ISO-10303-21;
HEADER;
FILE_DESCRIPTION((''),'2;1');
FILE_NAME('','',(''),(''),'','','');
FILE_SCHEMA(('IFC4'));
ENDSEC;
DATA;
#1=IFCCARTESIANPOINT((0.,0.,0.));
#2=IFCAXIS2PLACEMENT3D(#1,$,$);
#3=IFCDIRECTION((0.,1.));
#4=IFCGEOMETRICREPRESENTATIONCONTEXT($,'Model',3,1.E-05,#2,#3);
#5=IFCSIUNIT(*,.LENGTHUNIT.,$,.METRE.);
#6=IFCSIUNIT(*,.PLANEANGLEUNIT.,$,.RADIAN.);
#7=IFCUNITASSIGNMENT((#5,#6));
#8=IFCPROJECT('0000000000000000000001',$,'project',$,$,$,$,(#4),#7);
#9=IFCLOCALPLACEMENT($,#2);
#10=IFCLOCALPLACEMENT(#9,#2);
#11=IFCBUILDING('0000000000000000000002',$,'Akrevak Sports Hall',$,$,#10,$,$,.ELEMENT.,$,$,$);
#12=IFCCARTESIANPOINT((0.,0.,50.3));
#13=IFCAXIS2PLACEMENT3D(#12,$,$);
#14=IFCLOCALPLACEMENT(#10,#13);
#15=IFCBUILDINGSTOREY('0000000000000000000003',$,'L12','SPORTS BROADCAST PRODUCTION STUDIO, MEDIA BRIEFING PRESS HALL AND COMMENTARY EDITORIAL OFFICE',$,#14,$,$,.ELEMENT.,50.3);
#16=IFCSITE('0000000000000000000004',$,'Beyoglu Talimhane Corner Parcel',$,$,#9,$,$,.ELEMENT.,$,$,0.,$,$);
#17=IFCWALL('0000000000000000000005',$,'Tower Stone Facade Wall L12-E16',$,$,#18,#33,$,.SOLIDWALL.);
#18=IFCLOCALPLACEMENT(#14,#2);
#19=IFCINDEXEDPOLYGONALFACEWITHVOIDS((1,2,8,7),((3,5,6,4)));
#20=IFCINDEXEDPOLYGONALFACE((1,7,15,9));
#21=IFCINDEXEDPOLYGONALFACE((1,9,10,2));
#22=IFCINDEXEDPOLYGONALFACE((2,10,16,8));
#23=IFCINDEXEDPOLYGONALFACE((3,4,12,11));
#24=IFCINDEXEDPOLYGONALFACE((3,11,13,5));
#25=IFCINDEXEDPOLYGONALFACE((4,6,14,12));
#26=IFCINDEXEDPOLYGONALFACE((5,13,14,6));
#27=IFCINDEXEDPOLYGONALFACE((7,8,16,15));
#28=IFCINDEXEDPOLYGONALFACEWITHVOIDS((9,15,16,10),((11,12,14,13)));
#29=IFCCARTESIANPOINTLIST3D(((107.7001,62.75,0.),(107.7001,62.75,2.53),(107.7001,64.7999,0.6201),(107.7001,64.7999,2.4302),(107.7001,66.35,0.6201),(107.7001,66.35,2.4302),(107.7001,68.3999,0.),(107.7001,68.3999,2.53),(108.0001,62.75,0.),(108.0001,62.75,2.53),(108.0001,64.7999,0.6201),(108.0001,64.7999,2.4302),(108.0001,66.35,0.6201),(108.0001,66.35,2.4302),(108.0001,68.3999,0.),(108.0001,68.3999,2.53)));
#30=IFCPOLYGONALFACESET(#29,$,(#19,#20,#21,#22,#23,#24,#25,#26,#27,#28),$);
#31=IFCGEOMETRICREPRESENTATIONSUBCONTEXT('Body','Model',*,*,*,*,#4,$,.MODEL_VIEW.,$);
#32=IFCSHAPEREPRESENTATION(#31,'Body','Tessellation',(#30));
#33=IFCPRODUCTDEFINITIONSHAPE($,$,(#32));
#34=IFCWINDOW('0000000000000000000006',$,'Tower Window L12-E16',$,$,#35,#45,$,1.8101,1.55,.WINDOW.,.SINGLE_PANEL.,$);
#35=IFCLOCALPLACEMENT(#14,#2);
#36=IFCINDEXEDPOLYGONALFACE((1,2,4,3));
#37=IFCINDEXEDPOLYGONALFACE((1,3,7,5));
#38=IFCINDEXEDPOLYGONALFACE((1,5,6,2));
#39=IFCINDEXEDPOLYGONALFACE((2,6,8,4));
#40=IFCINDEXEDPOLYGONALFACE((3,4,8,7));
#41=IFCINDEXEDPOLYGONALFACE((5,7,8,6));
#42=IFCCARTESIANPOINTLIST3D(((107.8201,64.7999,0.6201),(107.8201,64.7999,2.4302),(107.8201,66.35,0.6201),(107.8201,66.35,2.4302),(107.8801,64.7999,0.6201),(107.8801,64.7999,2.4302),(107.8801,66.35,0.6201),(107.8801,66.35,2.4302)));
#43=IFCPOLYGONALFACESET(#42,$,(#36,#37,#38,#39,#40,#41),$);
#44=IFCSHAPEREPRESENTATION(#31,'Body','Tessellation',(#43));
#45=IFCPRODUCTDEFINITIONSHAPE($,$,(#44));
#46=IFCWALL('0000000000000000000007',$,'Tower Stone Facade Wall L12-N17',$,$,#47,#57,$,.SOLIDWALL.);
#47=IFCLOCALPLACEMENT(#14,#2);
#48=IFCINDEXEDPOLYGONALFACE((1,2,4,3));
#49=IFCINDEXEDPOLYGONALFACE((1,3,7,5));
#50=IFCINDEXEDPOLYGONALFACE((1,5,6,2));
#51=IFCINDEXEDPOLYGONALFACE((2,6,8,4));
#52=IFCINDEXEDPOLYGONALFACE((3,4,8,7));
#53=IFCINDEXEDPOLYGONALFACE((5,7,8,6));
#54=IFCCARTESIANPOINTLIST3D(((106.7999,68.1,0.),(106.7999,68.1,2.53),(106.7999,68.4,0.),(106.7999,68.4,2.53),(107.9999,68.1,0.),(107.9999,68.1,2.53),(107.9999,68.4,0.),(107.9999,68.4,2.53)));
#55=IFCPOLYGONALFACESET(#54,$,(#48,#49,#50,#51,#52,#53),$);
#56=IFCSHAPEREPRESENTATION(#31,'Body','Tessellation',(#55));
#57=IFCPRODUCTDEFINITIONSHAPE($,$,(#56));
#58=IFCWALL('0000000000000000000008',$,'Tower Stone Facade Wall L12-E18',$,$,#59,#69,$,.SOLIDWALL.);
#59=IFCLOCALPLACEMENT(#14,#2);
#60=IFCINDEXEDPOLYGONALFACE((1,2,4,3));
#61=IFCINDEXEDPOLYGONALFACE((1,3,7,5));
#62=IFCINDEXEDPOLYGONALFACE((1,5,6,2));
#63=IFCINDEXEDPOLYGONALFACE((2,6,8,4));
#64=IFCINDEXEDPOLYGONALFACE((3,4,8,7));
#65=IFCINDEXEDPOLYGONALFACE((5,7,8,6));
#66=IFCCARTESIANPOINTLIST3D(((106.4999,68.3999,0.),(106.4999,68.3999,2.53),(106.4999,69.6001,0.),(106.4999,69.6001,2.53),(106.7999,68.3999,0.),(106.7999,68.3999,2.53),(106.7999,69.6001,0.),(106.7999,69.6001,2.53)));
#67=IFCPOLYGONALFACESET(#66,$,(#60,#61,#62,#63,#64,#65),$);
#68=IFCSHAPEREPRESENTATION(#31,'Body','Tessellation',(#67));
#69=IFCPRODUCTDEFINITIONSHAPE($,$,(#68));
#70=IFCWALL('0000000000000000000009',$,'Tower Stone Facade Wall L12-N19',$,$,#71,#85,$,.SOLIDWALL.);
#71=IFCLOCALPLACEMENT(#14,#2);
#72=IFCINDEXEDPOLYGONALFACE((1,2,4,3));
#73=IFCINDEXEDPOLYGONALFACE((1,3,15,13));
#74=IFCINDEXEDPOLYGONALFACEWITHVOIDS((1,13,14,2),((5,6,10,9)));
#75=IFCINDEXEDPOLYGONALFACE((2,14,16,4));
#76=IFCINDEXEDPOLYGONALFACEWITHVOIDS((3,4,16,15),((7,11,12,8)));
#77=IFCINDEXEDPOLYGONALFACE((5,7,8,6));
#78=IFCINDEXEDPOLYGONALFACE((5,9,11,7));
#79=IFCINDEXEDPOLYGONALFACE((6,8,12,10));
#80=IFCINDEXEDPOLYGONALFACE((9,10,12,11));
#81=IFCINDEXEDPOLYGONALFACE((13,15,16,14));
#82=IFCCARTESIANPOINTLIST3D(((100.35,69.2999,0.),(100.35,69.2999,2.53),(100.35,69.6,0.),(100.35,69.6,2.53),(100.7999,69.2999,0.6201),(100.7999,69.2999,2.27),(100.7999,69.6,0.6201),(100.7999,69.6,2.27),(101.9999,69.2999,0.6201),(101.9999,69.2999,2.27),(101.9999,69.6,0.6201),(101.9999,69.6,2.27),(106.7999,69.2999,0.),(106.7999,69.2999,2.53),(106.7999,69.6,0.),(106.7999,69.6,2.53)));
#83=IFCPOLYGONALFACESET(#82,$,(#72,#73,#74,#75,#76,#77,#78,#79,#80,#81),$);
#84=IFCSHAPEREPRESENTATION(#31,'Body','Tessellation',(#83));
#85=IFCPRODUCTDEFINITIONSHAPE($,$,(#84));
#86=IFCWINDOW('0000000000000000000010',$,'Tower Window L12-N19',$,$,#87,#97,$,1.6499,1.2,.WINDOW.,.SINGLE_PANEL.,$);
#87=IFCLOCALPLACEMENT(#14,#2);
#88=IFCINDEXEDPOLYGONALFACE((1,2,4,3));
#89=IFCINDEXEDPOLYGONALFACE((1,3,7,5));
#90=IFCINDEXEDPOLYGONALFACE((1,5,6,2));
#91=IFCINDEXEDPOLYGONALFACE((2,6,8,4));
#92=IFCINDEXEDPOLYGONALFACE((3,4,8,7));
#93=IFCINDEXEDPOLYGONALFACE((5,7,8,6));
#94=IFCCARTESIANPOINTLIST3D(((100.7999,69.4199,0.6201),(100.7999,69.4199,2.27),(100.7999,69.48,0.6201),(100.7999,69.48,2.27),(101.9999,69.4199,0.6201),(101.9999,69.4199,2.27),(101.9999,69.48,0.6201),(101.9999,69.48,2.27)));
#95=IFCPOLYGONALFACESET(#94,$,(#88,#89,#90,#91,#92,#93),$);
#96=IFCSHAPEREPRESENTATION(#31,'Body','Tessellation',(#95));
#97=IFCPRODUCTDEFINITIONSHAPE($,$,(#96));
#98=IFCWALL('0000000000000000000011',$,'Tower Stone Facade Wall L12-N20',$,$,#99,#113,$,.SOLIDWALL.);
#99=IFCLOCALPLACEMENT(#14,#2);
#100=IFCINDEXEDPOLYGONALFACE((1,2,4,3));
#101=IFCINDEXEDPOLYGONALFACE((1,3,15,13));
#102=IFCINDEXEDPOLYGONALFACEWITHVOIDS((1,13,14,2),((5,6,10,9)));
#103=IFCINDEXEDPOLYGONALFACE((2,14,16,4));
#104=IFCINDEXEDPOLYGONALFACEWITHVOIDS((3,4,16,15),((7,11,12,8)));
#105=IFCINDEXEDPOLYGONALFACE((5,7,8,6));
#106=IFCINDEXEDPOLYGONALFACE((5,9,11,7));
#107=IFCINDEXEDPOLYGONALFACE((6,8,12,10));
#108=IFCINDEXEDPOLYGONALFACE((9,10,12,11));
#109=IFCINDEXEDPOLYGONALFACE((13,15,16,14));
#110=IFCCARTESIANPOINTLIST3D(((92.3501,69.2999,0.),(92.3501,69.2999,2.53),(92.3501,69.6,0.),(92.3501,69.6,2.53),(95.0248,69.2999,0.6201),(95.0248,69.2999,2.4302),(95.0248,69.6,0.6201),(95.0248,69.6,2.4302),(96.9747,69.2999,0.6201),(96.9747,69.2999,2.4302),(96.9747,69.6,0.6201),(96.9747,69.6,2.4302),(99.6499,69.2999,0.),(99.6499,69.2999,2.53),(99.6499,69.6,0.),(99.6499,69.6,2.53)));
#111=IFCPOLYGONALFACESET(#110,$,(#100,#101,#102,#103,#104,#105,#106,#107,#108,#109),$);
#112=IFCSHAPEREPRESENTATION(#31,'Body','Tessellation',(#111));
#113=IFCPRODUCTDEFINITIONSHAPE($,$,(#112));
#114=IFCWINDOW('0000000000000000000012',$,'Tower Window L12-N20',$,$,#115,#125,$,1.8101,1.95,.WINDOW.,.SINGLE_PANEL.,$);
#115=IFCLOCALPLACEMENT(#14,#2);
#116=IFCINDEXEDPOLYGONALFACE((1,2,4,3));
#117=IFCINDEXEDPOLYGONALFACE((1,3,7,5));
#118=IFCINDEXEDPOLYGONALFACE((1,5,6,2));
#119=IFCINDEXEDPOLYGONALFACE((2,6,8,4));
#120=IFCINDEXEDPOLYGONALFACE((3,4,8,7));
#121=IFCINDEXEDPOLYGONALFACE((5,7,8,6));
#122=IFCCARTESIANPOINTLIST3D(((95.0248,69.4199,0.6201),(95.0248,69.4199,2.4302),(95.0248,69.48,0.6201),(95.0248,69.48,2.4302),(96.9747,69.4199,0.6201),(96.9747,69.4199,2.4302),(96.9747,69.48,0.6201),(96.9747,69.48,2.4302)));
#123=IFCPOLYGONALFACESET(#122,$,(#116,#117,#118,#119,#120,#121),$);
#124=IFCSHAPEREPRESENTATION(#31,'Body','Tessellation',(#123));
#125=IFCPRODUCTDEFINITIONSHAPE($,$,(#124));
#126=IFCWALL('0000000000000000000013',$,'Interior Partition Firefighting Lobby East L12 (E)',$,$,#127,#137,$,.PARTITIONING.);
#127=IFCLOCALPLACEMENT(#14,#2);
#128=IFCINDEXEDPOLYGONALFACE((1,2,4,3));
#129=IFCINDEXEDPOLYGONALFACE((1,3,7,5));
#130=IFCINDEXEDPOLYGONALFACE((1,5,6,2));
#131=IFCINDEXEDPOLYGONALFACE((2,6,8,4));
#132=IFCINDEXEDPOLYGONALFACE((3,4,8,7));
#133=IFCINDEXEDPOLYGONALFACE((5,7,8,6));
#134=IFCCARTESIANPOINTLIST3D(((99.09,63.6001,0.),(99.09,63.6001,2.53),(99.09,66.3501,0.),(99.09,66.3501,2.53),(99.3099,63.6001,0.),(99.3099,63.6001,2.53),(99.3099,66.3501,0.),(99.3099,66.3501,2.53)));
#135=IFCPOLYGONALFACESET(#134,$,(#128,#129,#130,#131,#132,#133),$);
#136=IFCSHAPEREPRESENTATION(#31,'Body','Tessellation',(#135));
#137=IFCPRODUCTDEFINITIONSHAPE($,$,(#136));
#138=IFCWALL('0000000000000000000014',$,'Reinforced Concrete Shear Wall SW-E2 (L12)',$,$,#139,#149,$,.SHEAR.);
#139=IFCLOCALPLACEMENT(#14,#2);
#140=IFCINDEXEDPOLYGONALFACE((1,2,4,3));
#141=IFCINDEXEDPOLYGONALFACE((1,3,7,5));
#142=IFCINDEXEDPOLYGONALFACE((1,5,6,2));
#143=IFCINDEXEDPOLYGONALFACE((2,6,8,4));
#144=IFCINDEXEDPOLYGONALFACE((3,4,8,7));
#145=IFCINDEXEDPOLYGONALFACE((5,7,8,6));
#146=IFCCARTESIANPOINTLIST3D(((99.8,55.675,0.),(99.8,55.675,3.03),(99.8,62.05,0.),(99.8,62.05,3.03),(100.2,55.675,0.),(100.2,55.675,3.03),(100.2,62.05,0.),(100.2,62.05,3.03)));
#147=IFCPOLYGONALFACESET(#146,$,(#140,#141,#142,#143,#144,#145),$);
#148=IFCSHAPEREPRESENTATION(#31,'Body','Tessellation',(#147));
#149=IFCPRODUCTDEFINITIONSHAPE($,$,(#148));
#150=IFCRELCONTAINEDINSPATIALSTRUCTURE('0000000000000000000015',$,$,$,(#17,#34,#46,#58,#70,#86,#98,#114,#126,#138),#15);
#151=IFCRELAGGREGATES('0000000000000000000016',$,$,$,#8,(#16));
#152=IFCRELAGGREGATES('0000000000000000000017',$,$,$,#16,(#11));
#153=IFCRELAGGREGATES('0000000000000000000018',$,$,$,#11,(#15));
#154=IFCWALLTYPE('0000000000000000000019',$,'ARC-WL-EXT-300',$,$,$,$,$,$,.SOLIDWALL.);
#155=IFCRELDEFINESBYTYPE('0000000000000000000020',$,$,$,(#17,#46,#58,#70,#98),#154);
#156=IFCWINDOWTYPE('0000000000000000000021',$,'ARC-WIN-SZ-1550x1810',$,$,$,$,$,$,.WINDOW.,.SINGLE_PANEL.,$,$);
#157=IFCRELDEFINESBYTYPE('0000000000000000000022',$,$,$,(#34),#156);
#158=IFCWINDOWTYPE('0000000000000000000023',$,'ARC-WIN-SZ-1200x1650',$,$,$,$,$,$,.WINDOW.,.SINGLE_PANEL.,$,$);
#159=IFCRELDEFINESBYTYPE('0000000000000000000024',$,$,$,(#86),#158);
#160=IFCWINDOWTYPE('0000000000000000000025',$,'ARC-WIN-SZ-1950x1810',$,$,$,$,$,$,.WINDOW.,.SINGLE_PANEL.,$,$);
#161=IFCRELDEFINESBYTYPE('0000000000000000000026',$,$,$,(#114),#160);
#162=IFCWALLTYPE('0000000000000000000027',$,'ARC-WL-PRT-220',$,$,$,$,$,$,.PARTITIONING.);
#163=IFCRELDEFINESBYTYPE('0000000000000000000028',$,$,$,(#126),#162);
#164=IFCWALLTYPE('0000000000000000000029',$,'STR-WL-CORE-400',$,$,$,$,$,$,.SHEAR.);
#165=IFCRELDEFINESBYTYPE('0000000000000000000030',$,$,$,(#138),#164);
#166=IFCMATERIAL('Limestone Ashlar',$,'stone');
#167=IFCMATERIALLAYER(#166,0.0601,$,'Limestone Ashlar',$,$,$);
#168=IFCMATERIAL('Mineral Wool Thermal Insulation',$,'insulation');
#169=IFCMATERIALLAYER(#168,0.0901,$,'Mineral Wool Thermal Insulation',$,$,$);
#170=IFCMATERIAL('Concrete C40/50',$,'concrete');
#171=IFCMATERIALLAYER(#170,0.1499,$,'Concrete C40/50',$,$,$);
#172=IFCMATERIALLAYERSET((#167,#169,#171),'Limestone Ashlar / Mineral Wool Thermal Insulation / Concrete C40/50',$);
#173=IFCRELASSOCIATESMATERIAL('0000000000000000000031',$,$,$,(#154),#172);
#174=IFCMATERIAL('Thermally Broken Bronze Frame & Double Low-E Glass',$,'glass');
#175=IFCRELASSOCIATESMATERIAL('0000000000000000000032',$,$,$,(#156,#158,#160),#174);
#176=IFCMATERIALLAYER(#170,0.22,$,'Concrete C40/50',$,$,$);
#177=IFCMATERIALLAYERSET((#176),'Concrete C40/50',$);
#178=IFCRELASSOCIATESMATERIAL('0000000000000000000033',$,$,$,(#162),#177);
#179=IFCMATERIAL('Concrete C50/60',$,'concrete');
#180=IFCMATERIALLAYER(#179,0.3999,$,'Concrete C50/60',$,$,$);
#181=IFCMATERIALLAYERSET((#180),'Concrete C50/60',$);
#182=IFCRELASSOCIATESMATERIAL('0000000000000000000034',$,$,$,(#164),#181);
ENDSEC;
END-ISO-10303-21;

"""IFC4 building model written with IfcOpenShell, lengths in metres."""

from ifc_helpers import new_model, si_unit, direction, frame, frame_2d, origin, place, context, subcontext, project, spatial, rectangle, extrude, material, layer, layer_set, type_object, element, fill, save


model = new_model("IFC4")

# Units and contexts
model_context = context("Model", 3, precision=1e-05, world=origin(), true_north=direction((0.0, 1.0)))
body_context = subcontext(model_context, "Body", "Model", "MODEL_VIEW")
ifc_project = project(units=[si_unit("LENGTHUNIT", "METRE"), si_unit("PLANEANGLEUNIT", "RADIAN")], contexts=[model_context])

# Site, building, storey
site_placement = place(None, origin())
site = spatial("IfcSite", under=ifc_project, at=site_placement, Name="Beyoglu Talimhane Corner Parcel", CompositionType="ELEMENT", RefElevation=0.0)
building_placement = place(site_placement, origin())
building = spatial("IfcBuilding", under=site, at=building_placement, Name="Akrevak Sports Hall", CompositionType="ELEMENT")
storey_placement = place(building_placement, frame((0.0, 0.0, 50.3)))
storey = spatial("IfcBuildingStorey", under=building, at=storey_placement, Name="L12", Description="SPORTS BROADCAST PRODUCTION STUDIO, MEDIA BRIEFING PRESS HALL AND COMMENTARY EDITORIAL OFFICE", CompositionType="ELEMENT", Elevation=50.3)

# Shared definitions
ifc_material_1 = material(Name="Concrete C40/50", Category="concrete")
ifc_material_2 = material(Name="Concrete C50/60", Category="concrete")

# Wall, opening, window
ifc_material_3 = material(Name="Limestone Ashlar", Category="stone")
ifc_layer_1 = layer(ifc_material_3, 0.0601, Name="Limestone Ashlar")
ifc_material_4 = material(Name="Mineral Wool Thermal Insulation", Category="insulation")
ifc_layer_2 = layer(ifc_material_4, 0.0901, Name="Mineral Wool Thermal Insulation")
ifc_layer_3 = layer(ifc_material_1, 0.1499, Name="Concrete C40/50")
ifc_layer_set_1 = layer_set([ifc_layer_1, ifc_layer_2, ifc_layer_3], Name="Limestone Ashlar / Mineral Wool Thermal Insulation / Concrete C40/50")
wall_type_1 = type_object("IfcWallType", Name="ARC-WL-EXT-300", PredefinedType="SOLIDWALL", material=ifc_layer_set_1)
ifc_material_5 = material(Name="Thermally Broken Bronze Frame & Double Low-E Glass", Category="glass")
wall_1_placement = place(storey_placement, frame((107.8501, 62.75, 0.0), z_axis=(0.0, 0.0, 1.0), x_axis=(0.0, 1.0, 0.0)))
wall_1 = element("IfcWall", 1, at=wall_1_placement, inside=storey, type_object=wall_type_1, Name="Tower Stone Facade Wall L12-E16", PredefinedType="SOLIDWALL", context=body_context, shape_type="SweptSolid", body=[
    extrude(rectangle(XDim=5.6499, YDim=0.3, at=frame_2d((2.825, 0.0))), origin(), (0.0, 0.0, 1.0), 2.53),
])
opening_1_placement = place(wall_1_placement, frame((2.05, 0.0, 0.6201)))
opening_1 = element("IfcOpeningElement", 2, at=opening_1_placement, cuts=wall_1, PredefinedType="OPENING", context=body_context, shape_type="SweptSolid", body=[
    extrude(rectangle(XDim=1.55, YDim=1.8101, at=frame_2d((0.7749, 0.905))), frame((0.0, 0.1621, 0.0), z_axis=(0.0, -1.0, 0.0), x_axis=(1.0, 0.0, 0.0)), (0.0, 0.0, 1.0), 0.324),
])
window_type_1 = type_object("IfcWindowType", Name="ARC-WIN-SZ-1550x1810", PartitioningType="SINGLE_PANEL", PredefinedType="WINDOW", material=ifc_material_5)
window_1_placement = place(opening_1_placement, origin())
window_1 = element("IfcWindow", 3, at=window_1_placement, inside=storey, type_object=window_type_1, Name="Tower Window L12-E16", OverallHeight=1.8101, OverallWidth=1.55, PartitioningType="SINGLE_PANEL", PredefinedType="WINDOW", context=body_context, shape_type="SweptSolid", body=[
    extrude(rectangle(XDim=1.55, YDim=1.8101, at=frame_2d((0.7749, 0.905))), frame((0.0, 0.03, 0.0), z_axis=(0.0, -1.0, 0.0), x_axis=(1.0, 0.0, 0.0)), (0.0, 0.0, 1.0), 0.0601),
])
fill(opening_1, window_1)

# Walls
wall_2_placement = place(storey_placement, frame((108.0, 68.25, 0.0), z_axis=(0.0, 0.0, 1.0), x_axis=(-1.0, 0.0, 0.0)))
element("IfcWall", 4, at=wall_2_placement, inside=storey, type_object=wall_type_1, Name="Tower Stone Facade Wall L12-N17", PredefinedType="SOLIDWALL", context=body_context, shape_type="SweptSolid", body=[
    extrude(rectangle(XDim=1.2, YDim=0.3, at=frame_2d((0.6001, 0.0))), origin(), (0.0, 0.0, 1.0), 2.53),
])
wall_3_placement = place(storey_placement, frame((106.6499, 68.3999, 0.0), z_axis=(0.0, 0.0, 1.0), x_axis=(0.0, 1.0, 0.0)))
element("IfcWall", 5, at=wall_3_placement, inside=storey, type_object=wall_type_1, Name="Tower Stone Facade Wall L12-E18", PredefinedType="SOLIDWALL", context=body_context, shape_type="SweptSolid", body=[
    extrude(rectangle(XDim=1.2002, YDim=0.3, at=frame_2d((0.6001, 0.0))), origin(), (0.0, 0.0, 1.0), 2.53),
])

# Walls, openings, windows
wall_4_placement = place(storey_placement, frame((106.8, 69.45, 0.0), z_axis=(0.0, 0.0, 1.0), x_axis=(-1.0, 0.0, 0.0)))
wall_4 = element("IfcWall", 6, at=wall_4_placement, inside=storey, type_object=wall_type_1, Name="Tower Stone Facade Wall L12-N19", PredefinedType="SOLIDWALL", context=body_context, shape_type="SweptSolid", body=[
    extrude(rectangle(XDim=6.45, YDim=0.3, at=frame_2d((3.2251, 0.0))), origin(), (0.0, 0.0, 1.0), 2.53),
])
opening_2_placement = place(wall_4_placement, frame((4.8, 0.0, 0.6201)))
opening_2 = element("IfcOpeningElement", 7, at=opening_2_placement, cuts=wall_4, PredefinedType="OPENING", context=body_context, shape_type="SweptSolid", body=[
    extrude(rectangle(XDim=1.2, YDim=1.6499, at=frame_2d((0.6001, 0.825))), frame((0.0, 0.1621, 0.0), z_axis=(0.0, -1.0, 0.0), x_axis=(1.0, 0.0, 0.0)), (0.0, 0.0, 1.0), 0.324),
])
window_type_2 = type_object("IfcWindowType", Name="ARC-WIN-SZ-1200x1650", PartitioningType="SINGLE_PANEL", PredefinedType="WINDOW", material=ifc_material_5)
window_2_placement = place(opening_2_placement, origin())
window_2 = element("IfcWindow", 8, at=window_2_placement, inside=storey, type_object=window_type_2, Name="Tower Window L12-N19", OverallHeight=1.6499, OverallWidth=1.2, PartitioningType="SINGLE_PANEL", PredefinedType="WINDOW", context=body_context, shape_type="SweptSolid", body=[
    extrude(rectangle(XDim=1.2, YDim=1.6499, at=frame_2d((0.6001, 0.825))), frame((0.0, 0.03, 0.0), z_axis=(0.0, -1.0, 0.0), x_axis=(1.0, 0.0, 0.0)), (0.0, 0.0, 1.0), 0.0601),
])
fill(opening_2, window_2)
wall_5_placement = place(storey_placement, frame((99.6499, 69.45, 0.0), z_axis=(0.0, 0.0, 1.0), x_axis=(-1.0, 0.0, 0.0)))
wall_5 = element("IfcWall", 9, at=wall_5_placement, inside=storey, type_object=wall_type_1, Name="Tower Stone Facade Wall L12-N20", PredefinedType="SOLIDWALL", context=body_context, shape_type="SweptSolid", body=[
    extrude(rectangle(XDim=7.2998, YDim=0.3, at=frame_2d((3.6499, 0.0))), origin(), (0.0, 0.0, 1.0), 2.53),
])
opening_3_placement = place(wall_5_placement, frame((2.675, 0.0, 0.6201)))
opening_3 = element("IfcOpeningElement", 10, at=opening_3_placement, cuts=wall_5, PredefinedType="OPENING", context=body_context, shape_type="SweptSolid", body=[
    extrude(rectangle(XDim=1.95, YDim=1.8101, at=frame_2d((0.9751, 0.905))), frame((0.0, 0.1621, 0.0), z_axis=(0.0, -1.0, 0.0), x_axis=(1.0, 0.0, 0.0)), (0.0, 0.0, 1.0), 0.324),
])
window_type_3 = type_object("IfcWindowType", Name="ARC-WIN-SZ-1950x1810", PartitioningType="SINGLE_PANEL", PredefinedType="WINDOW", material=ifc_material_5)
window_3_placement = place(opening_3_placement, origin())
window_3 = element("IfcWindow", 11, at=window_3_placement, inside=storey, type_object=window_type_3, Name="Tower Window L12-N20", OverallHeight=1.8101, OverallWidth=1.95, PartitioningType="SINGLE_PANEL", PredefinedType="WINDOW", context=body_context, shape_type="SweptSolid", body=[
    extrude(rectangle(XDim=1.95, YDim=1.8101, at=frame_2d((0.9751, 0.905))), frame((0.0, 0.03, 0.0), z_axis=(0.0, -1.0, 0.0), x_axis=(1.0, 0.0, 0.0)), (0.0, 0.0, 1.0), 0.0601),
])
fill(opening_3, window_3)

# Walls
ifc_layer_4 = layer(ifc_material_1, 0.22, Name="Concrete C40/50")
ifc_layer_set_2 = layer_set([ifc_layer_4], Name="Concrete C40/50")
wall_type_2 = type_object("IfcWallType", Name="ARC-WL-PRT-220", PredefinedType="PARTITIONING", material=ifc_layer_set_2)
wall_6_placement = place(storey_placement, frame((99.2, 63.6001, 0.0), z_axis=(0.0, 0.0, 1.0), x_axis=(0.0, 1.0, 0.0)))
element("IfcWall", 12, at=wall_6_placement, inside=storey, type_object=wall_type_2, Name="Interior Partition Firefighting Lobby East L12 (E)", PredefinedType="PARTITIONING", context=body_context, shape_type="SweptSolid", body=[
    extrude(rectangle(XDim=2.75, YDim=0.22, at=frame_2d((1.375, 0.0))), origin(), (0.0, 0.0, 1.0), 2.53),
])
ifc_layer_5 = layer(ifc_material_2, 0.3999, Name="Concrete C50/60")
ifc_layer_set_3 = layer_set([ifc_layer_5], Name="Concrete C50/60")
wall_type_3 = type_object("IfcWallType", Name="STR-WL-CORE-400", PredefinedType="SHEAR", material=ifc_layer_set_3)
wall_7_placement = place(storey_placement, frame((100.0, 55.675, 0.0), z_axis=(0.0, 0.0, 1.0), x_axis=(0.0, 1.0, 0.0)))
element("IfcWall", 13, at=wall_7_placement, inside=storey, type_object=wall_type_3, Name="Reinforced Concrete Shear Wall SW-E2 (L12)", PredefinedType="SHEAR", context=body_context, shape_type="SweptSolid", body=[
    extrude(rectangle(XDim=6.375, YDim=0.3999, at=frame_2d((3.1875, 0.0))), origin(), (0.0, 0.0, 1.0), 3.03),
])

save(model, "model.ifc")
